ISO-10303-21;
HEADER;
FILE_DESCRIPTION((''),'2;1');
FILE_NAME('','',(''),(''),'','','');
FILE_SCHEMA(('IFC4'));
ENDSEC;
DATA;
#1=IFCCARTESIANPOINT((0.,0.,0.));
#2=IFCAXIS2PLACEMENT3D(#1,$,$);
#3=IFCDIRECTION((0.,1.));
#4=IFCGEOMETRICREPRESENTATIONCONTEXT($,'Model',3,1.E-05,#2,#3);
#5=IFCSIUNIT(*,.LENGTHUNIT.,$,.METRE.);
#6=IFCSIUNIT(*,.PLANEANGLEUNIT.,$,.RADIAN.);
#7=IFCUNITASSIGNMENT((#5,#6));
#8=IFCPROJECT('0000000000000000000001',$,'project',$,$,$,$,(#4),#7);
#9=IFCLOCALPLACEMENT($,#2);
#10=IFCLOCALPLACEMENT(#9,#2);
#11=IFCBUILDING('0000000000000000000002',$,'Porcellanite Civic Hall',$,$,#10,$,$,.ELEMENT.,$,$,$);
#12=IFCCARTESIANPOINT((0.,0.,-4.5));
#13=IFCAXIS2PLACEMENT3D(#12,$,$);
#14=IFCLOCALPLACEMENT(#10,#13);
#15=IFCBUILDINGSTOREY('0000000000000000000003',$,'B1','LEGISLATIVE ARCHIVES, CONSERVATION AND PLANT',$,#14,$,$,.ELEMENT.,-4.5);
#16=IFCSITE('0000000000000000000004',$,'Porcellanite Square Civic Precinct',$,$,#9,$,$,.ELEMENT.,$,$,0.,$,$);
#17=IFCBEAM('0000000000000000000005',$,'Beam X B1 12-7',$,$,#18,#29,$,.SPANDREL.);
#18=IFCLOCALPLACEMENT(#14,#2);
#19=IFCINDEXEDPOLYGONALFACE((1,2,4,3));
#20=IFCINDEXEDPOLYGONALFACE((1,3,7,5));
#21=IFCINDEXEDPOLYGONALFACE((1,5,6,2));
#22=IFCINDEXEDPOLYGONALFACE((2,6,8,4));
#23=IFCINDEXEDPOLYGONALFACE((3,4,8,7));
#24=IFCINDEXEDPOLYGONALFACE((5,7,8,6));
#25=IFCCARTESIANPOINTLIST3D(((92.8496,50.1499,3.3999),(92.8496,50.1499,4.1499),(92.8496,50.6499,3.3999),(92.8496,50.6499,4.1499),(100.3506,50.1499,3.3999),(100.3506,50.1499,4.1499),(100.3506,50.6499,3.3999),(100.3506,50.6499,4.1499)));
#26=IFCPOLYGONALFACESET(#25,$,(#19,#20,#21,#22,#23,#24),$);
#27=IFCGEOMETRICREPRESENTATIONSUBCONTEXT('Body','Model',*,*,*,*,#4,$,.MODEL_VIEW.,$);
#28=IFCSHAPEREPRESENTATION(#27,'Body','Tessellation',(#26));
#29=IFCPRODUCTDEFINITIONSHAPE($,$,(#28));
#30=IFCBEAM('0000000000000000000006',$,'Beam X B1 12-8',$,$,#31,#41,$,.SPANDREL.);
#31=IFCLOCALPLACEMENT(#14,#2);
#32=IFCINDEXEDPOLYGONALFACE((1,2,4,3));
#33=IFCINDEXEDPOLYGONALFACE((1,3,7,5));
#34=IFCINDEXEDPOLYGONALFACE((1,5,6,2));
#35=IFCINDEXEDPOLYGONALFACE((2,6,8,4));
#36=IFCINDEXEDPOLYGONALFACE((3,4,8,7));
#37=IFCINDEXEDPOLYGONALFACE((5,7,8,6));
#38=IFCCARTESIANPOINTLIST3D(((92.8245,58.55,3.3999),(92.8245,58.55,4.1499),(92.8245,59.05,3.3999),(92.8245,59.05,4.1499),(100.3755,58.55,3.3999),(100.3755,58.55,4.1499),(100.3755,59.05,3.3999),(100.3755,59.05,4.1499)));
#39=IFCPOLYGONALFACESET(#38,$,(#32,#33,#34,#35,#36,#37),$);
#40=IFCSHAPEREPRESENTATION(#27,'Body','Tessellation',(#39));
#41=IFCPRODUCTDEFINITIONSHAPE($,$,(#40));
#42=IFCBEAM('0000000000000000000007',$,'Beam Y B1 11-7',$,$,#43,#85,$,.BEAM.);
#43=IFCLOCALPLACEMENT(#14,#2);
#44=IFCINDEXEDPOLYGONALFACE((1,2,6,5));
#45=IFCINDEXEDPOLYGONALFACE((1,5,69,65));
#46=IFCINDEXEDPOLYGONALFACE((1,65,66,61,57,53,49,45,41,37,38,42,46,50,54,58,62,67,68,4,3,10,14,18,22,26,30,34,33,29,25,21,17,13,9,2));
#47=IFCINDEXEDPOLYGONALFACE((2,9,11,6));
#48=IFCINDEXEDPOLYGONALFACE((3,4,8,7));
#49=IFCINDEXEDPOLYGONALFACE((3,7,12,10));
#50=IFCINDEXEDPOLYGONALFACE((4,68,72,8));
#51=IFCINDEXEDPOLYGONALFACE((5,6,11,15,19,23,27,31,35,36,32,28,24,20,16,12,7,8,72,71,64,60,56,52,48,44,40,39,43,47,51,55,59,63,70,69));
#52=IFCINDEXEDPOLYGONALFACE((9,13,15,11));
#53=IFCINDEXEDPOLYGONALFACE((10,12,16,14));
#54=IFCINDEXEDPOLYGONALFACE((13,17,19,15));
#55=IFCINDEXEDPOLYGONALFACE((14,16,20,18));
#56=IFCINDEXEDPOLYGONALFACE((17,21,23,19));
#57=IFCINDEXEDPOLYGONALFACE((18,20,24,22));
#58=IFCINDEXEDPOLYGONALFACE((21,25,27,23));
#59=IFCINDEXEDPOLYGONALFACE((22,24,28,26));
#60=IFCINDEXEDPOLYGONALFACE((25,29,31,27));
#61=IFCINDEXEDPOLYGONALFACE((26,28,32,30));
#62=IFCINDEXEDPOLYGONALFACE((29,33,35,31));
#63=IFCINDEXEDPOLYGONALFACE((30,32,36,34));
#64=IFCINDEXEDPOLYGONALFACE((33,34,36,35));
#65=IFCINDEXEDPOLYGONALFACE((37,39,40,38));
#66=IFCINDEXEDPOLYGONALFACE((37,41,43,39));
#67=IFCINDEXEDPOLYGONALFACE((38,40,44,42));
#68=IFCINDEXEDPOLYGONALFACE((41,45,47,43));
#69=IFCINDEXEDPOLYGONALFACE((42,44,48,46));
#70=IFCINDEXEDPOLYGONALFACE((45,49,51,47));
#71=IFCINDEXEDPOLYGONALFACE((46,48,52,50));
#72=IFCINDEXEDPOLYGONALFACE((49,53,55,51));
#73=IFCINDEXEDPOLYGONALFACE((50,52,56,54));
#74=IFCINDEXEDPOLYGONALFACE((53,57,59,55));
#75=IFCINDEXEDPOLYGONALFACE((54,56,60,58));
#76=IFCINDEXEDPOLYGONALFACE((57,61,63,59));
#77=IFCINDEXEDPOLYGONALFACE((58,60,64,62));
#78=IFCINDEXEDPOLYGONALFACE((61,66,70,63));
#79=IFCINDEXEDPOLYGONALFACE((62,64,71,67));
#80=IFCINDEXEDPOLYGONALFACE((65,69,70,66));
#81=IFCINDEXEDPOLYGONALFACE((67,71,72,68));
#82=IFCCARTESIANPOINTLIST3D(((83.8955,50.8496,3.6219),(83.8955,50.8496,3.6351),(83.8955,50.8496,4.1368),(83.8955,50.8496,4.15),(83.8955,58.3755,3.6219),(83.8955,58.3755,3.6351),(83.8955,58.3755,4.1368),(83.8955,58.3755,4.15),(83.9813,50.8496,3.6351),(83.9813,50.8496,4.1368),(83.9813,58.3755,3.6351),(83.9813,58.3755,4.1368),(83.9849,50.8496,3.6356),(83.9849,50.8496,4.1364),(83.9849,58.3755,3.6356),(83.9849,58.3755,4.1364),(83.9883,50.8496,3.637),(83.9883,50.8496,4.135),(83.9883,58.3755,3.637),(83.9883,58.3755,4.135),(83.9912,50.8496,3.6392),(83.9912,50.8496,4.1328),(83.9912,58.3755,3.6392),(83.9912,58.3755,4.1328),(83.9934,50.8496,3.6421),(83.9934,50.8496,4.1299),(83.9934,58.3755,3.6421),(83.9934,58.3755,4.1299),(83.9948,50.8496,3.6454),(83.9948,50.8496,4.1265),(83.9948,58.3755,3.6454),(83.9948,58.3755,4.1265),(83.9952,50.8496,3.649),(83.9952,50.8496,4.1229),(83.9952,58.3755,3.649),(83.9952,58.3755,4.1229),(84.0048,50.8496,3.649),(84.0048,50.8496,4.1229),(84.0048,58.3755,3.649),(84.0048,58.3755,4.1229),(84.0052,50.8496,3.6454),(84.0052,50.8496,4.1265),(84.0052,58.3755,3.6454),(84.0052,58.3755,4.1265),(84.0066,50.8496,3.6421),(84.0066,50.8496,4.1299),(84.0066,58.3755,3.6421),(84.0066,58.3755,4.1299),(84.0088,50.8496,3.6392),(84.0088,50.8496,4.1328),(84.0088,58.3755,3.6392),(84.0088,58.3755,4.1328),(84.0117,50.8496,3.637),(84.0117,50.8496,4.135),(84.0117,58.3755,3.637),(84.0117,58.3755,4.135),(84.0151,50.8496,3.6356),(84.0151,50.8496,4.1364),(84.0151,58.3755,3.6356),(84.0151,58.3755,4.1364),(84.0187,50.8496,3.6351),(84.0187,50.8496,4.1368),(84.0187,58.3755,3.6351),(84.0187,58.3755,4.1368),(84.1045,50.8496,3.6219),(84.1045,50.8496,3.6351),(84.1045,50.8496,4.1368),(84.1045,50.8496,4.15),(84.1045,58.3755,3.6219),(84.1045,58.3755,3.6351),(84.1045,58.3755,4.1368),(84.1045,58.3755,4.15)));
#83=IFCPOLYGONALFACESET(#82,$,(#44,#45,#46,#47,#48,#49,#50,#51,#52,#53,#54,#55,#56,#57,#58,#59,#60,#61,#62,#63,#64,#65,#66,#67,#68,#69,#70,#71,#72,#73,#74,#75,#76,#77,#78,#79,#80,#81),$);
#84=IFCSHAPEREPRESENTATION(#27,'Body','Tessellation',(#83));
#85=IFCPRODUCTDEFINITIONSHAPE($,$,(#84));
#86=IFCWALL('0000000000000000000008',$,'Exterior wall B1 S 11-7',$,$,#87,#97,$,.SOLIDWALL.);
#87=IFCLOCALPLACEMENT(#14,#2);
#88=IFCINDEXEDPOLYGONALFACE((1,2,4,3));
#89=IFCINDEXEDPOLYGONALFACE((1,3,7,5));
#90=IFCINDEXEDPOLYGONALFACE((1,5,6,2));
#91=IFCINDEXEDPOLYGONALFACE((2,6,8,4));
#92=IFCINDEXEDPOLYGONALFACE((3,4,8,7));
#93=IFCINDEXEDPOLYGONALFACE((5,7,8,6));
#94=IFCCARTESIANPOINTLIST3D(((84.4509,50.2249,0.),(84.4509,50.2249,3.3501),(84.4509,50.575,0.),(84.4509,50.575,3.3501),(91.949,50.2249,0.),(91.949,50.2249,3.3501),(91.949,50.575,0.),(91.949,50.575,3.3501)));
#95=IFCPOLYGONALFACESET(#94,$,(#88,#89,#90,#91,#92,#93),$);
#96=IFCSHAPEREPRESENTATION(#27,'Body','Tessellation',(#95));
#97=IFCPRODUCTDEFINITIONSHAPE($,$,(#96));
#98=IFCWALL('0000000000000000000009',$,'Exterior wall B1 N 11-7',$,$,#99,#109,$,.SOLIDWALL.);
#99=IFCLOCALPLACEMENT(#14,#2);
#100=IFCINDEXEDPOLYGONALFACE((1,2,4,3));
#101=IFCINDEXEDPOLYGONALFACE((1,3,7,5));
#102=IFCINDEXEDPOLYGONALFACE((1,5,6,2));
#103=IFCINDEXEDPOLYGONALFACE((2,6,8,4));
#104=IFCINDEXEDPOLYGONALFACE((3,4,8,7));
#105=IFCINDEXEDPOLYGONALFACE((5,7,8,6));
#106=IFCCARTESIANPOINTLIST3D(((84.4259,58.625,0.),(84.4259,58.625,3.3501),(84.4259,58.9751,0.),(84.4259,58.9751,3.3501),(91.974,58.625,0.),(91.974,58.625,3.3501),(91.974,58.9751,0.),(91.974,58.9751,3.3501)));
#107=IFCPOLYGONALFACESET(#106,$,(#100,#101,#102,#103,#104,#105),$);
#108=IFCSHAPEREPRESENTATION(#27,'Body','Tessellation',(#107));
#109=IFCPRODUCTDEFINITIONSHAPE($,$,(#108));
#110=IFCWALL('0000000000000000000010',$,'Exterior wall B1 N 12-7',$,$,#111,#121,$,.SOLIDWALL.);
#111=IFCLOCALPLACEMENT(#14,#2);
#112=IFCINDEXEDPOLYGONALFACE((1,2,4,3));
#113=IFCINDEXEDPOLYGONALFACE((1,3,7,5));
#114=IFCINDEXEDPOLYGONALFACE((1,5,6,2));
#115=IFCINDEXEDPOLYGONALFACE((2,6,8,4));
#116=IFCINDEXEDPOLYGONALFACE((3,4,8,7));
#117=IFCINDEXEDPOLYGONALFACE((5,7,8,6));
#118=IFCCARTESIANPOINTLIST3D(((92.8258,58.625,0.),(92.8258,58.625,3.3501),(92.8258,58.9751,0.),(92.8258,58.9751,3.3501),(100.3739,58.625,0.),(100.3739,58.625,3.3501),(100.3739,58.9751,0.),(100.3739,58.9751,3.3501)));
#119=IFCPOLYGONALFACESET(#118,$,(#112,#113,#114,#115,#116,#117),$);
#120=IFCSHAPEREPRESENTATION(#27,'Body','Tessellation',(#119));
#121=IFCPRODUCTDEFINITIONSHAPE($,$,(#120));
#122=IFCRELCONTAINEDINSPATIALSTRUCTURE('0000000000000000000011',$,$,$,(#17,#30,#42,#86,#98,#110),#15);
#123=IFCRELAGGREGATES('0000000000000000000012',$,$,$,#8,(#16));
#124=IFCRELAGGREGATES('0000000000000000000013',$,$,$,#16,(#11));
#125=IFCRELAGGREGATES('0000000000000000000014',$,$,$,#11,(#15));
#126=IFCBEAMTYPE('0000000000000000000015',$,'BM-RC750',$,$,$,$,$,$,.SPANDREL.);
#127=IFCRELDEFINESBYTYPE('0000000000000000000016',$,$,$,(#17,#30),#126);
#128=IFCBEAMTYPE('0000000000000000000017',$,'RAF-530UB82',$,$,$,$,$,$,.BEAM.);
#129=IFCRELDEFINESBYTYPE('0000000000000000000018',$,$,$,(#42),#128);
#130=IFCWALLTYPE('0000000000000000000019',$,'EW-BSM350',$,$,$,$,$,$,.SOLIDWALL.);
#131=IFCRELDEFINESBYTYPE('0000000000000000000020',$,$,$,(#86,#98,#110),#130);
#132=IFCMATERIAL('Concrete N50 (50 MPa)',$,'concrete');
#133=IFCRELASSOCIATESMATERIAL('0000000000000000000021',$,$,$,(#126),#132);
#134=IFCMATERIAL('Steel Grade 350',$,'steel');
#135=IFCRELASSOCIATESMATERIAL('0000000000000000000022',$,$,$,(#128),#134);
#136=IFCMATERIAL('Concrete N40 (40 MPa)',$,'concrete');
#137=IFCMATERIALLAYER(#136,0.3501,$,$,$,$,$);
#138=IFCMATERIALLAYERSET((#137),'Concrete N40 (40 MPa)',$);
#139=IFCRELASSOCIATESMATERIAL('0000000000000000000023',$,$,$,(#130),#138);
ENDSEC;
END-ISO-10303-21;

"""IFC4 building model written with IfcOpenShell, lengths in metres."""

from ifc_helpers import new_model, si_unit, direction, frame, frame_2d, origin, origin_2d, place, context, subcontext, project, spatial, rectangle, i_section, extrude, material, layer, layer_set, material_profile, profile_set, type_object, element, save


model = new_model("IFC4")

# Units and contexts
model_context = context("Model", 3, precision=1e-05, world=origin(), true_north=direction((0.0, 1.0)))
body_context = subcontext(model_context, "Body", "Model", "MODEL_VIEW")
ifc_project = project(units=[si_unit("LENGTHUNIT", "METRE"), si_unit("PLANEANGLEUNIT", "RADIAN")], contexts=[model_context])

# Site, building, storey
site_placement = place(None, origin())
site = spatial("IfcSite", under=ifc_project, at=site_placement, Name="Porcellanite Square Civic Precinct", CompositionType="ELEMENT", RefElevation=0.0)
building_placement = place(site_placement, origin())
building = spatial("IfcBuilding", under=site, at=building_placement, Name="Porcellanite Civic Hall", CompositionType="ELEMENT")
storey_placement = place(building_placement, frame((0.0, 0.0, -4.5)))
storey = spatial("IfcBuildingStorey", under=building, at=storey_placement, Name="B1", Description="LEGISLATIVE ARCHIVES, CONSERVATION AND PLANT", CompositionType="ELEMENT", Elevation=-4.5)

# Beams
ifc_material_1 = material(Name="Concrete N50 (50 MPa)", Category="concrete")
ifc_material_profile_1 = material_profile(ifc_material_1, rectangle(XDim=0.5, YDim=0.75, at=origin_2d()), Name="RC-500x750")
ifc_profile_set_1 = profile_set([ifc_material_profile_1], Name="Concrete N50 (50 MPa)")
beam_type_1 = type_object("IfcBeamType", Name="BM-RC750", PredefinedType="SPANDREL", material=ifc_profile_set_1)
beam_1_placement = place(storey_placement, frame((92.8496, 50.3999, 3.7749), z_axis=(1.0, 0.0, 0.0), x_axis=(0.0, 1.0, 0.0)))
element("IfcBeam", 1, at=beam_1_placement, inside=storey, type_object=beam_type_1, Name="Beam X B1 12-7", PredefinedType="SPANDREL", context=body_context, shape_type="SweptSolid", body=[
    extrude(rectangle(XDim=0.5, YDim=0.75, at=origin_2d()), origin(), (0.0, 0.0, 1.0), 7.501),
])
beam_2_placement = place(storey_placement, frame((92.8245, 58.8, 3.7749), z_axis=(1.0, 0.0, 0.0), x_axis=(0.0, 1.0, 0.0)))
element("IfcBeam", 2, at=beam_2_placement, inside=storey, type_object=beam_type_1, Name="Beam X B1 12-8", PredefinedType="SPANDREL", context=body_context, shape_type="SweptSolid", body=[
    extrude(rectangle(XDim=0.5, YDim=0.75, at=origin_2d()), origin(), (0.0, 0.0, 1.0), 7.551),
])
ifc_material_2 = material(Name="Steel Grade 350", Category="steel")
ifc_material_profile_2 = material_profile(ifc_material_2, i_section(OverallWidth=0.209, OverallDepth=0.5281, WebThickness=0.0095, FlangeThickness=0.0132, FilletRadius=0.0139, at=origin_2d()), Name="530UB82.0")
ifc_profile_set_2 = profile_set([ifc_material_profile_2], Name="Steel Grade 350")
beam_type_2 = type_object("IfcBeamType", Name="RAF-530UB82", PredefinedType="BEAM", material=ifc_profile_set_2)
beam_3_placement = place(storey_placement, frame((84.0, 50.8496, 3.886), z_axis=(0.0, 1.0, 0.0), x_axis=(-1.0, 0.0, 0.0)))
element("IfcBeam", 3, at=beam_3_placement, inside=storey, type_object=beam_type_2, Name="Beam Y B1 11-7", PredefinedType="BEAM", context=body_context, shape_type="SweptSolid", body=[
    extrude(i_section(OverallWidth=0.209, OverallDepth=0.5281, WebThickness=0.0095, FlangeThickness=0.0132, FilletRadius=0.0139, at=origin_2d()), origin(), (0.0, 0.0, 1.0), 7.5259),
])

# Walls
ifc_material_3 = material(Name="Concrete N40 (40 MPa)", Category="concrete")
ifc_layer = layer(ifc_material_3, 0.3501)
ifc_layer_set = layer_set([ifc_layer], Name="Concrete N40 (40 MPa)")
wall_type = type_object("IfcWallType", Name="EW-BSM350", PredefinedType="SOLIDWALL", material=ifc_layer_set)
wall_placement = place(storey_placement, frame((91.949, 50.3999, 0.0), z_axis=(0.0, 0.0, 1.0), x_axis=(-1.0, 0.0, 0.0)))
element("IfcWall", 4, at=wall_placement, inside=storey, type_object=wall_type, Name="Exterior wall B1 S 11-7", PredefinedType="SOLIDWALL", context=body_context, shape_type="SweptSolid", body=[
    extrude(rectangle(XDim=7.498, YDim=0.3501, at=frame_2d((3.749, 0.0))), origin(), (0.0, 0.0, 1.0), 3.3501),
])
for number, where, z_axis, x_axis, name in (
    (5, (84.426, 58.8, 0.0), (0.0, 0.0, 1.0), (1.0, 0.0, 0.0), "Exterior wall B1 N 11-7"),
    (6, (92.8259, 58.8, 0.0), (0.0, 0.0, 1.0), (1.0, 0.0, 0.0), "Exterior wall B1 N 12-7"),
):
    element("IfcWall", number, at=place(storey_placement, frame(where, z_axis=z_axis, x_axis=x_axis)), inside=storey, type_object=wall_type, Name=name, PredefinedType="SOLIDWALL", context=body_context, shape_type="SweptSolid", body=[
        extrude(rectangle(XDim=7.5481, YDim=0.3501, at=frame_2d((3.7739, 0.0))), origin(), (0.0, 0.0, 1.0), 3.3501),
    ])

save(model, "model.ifc")
